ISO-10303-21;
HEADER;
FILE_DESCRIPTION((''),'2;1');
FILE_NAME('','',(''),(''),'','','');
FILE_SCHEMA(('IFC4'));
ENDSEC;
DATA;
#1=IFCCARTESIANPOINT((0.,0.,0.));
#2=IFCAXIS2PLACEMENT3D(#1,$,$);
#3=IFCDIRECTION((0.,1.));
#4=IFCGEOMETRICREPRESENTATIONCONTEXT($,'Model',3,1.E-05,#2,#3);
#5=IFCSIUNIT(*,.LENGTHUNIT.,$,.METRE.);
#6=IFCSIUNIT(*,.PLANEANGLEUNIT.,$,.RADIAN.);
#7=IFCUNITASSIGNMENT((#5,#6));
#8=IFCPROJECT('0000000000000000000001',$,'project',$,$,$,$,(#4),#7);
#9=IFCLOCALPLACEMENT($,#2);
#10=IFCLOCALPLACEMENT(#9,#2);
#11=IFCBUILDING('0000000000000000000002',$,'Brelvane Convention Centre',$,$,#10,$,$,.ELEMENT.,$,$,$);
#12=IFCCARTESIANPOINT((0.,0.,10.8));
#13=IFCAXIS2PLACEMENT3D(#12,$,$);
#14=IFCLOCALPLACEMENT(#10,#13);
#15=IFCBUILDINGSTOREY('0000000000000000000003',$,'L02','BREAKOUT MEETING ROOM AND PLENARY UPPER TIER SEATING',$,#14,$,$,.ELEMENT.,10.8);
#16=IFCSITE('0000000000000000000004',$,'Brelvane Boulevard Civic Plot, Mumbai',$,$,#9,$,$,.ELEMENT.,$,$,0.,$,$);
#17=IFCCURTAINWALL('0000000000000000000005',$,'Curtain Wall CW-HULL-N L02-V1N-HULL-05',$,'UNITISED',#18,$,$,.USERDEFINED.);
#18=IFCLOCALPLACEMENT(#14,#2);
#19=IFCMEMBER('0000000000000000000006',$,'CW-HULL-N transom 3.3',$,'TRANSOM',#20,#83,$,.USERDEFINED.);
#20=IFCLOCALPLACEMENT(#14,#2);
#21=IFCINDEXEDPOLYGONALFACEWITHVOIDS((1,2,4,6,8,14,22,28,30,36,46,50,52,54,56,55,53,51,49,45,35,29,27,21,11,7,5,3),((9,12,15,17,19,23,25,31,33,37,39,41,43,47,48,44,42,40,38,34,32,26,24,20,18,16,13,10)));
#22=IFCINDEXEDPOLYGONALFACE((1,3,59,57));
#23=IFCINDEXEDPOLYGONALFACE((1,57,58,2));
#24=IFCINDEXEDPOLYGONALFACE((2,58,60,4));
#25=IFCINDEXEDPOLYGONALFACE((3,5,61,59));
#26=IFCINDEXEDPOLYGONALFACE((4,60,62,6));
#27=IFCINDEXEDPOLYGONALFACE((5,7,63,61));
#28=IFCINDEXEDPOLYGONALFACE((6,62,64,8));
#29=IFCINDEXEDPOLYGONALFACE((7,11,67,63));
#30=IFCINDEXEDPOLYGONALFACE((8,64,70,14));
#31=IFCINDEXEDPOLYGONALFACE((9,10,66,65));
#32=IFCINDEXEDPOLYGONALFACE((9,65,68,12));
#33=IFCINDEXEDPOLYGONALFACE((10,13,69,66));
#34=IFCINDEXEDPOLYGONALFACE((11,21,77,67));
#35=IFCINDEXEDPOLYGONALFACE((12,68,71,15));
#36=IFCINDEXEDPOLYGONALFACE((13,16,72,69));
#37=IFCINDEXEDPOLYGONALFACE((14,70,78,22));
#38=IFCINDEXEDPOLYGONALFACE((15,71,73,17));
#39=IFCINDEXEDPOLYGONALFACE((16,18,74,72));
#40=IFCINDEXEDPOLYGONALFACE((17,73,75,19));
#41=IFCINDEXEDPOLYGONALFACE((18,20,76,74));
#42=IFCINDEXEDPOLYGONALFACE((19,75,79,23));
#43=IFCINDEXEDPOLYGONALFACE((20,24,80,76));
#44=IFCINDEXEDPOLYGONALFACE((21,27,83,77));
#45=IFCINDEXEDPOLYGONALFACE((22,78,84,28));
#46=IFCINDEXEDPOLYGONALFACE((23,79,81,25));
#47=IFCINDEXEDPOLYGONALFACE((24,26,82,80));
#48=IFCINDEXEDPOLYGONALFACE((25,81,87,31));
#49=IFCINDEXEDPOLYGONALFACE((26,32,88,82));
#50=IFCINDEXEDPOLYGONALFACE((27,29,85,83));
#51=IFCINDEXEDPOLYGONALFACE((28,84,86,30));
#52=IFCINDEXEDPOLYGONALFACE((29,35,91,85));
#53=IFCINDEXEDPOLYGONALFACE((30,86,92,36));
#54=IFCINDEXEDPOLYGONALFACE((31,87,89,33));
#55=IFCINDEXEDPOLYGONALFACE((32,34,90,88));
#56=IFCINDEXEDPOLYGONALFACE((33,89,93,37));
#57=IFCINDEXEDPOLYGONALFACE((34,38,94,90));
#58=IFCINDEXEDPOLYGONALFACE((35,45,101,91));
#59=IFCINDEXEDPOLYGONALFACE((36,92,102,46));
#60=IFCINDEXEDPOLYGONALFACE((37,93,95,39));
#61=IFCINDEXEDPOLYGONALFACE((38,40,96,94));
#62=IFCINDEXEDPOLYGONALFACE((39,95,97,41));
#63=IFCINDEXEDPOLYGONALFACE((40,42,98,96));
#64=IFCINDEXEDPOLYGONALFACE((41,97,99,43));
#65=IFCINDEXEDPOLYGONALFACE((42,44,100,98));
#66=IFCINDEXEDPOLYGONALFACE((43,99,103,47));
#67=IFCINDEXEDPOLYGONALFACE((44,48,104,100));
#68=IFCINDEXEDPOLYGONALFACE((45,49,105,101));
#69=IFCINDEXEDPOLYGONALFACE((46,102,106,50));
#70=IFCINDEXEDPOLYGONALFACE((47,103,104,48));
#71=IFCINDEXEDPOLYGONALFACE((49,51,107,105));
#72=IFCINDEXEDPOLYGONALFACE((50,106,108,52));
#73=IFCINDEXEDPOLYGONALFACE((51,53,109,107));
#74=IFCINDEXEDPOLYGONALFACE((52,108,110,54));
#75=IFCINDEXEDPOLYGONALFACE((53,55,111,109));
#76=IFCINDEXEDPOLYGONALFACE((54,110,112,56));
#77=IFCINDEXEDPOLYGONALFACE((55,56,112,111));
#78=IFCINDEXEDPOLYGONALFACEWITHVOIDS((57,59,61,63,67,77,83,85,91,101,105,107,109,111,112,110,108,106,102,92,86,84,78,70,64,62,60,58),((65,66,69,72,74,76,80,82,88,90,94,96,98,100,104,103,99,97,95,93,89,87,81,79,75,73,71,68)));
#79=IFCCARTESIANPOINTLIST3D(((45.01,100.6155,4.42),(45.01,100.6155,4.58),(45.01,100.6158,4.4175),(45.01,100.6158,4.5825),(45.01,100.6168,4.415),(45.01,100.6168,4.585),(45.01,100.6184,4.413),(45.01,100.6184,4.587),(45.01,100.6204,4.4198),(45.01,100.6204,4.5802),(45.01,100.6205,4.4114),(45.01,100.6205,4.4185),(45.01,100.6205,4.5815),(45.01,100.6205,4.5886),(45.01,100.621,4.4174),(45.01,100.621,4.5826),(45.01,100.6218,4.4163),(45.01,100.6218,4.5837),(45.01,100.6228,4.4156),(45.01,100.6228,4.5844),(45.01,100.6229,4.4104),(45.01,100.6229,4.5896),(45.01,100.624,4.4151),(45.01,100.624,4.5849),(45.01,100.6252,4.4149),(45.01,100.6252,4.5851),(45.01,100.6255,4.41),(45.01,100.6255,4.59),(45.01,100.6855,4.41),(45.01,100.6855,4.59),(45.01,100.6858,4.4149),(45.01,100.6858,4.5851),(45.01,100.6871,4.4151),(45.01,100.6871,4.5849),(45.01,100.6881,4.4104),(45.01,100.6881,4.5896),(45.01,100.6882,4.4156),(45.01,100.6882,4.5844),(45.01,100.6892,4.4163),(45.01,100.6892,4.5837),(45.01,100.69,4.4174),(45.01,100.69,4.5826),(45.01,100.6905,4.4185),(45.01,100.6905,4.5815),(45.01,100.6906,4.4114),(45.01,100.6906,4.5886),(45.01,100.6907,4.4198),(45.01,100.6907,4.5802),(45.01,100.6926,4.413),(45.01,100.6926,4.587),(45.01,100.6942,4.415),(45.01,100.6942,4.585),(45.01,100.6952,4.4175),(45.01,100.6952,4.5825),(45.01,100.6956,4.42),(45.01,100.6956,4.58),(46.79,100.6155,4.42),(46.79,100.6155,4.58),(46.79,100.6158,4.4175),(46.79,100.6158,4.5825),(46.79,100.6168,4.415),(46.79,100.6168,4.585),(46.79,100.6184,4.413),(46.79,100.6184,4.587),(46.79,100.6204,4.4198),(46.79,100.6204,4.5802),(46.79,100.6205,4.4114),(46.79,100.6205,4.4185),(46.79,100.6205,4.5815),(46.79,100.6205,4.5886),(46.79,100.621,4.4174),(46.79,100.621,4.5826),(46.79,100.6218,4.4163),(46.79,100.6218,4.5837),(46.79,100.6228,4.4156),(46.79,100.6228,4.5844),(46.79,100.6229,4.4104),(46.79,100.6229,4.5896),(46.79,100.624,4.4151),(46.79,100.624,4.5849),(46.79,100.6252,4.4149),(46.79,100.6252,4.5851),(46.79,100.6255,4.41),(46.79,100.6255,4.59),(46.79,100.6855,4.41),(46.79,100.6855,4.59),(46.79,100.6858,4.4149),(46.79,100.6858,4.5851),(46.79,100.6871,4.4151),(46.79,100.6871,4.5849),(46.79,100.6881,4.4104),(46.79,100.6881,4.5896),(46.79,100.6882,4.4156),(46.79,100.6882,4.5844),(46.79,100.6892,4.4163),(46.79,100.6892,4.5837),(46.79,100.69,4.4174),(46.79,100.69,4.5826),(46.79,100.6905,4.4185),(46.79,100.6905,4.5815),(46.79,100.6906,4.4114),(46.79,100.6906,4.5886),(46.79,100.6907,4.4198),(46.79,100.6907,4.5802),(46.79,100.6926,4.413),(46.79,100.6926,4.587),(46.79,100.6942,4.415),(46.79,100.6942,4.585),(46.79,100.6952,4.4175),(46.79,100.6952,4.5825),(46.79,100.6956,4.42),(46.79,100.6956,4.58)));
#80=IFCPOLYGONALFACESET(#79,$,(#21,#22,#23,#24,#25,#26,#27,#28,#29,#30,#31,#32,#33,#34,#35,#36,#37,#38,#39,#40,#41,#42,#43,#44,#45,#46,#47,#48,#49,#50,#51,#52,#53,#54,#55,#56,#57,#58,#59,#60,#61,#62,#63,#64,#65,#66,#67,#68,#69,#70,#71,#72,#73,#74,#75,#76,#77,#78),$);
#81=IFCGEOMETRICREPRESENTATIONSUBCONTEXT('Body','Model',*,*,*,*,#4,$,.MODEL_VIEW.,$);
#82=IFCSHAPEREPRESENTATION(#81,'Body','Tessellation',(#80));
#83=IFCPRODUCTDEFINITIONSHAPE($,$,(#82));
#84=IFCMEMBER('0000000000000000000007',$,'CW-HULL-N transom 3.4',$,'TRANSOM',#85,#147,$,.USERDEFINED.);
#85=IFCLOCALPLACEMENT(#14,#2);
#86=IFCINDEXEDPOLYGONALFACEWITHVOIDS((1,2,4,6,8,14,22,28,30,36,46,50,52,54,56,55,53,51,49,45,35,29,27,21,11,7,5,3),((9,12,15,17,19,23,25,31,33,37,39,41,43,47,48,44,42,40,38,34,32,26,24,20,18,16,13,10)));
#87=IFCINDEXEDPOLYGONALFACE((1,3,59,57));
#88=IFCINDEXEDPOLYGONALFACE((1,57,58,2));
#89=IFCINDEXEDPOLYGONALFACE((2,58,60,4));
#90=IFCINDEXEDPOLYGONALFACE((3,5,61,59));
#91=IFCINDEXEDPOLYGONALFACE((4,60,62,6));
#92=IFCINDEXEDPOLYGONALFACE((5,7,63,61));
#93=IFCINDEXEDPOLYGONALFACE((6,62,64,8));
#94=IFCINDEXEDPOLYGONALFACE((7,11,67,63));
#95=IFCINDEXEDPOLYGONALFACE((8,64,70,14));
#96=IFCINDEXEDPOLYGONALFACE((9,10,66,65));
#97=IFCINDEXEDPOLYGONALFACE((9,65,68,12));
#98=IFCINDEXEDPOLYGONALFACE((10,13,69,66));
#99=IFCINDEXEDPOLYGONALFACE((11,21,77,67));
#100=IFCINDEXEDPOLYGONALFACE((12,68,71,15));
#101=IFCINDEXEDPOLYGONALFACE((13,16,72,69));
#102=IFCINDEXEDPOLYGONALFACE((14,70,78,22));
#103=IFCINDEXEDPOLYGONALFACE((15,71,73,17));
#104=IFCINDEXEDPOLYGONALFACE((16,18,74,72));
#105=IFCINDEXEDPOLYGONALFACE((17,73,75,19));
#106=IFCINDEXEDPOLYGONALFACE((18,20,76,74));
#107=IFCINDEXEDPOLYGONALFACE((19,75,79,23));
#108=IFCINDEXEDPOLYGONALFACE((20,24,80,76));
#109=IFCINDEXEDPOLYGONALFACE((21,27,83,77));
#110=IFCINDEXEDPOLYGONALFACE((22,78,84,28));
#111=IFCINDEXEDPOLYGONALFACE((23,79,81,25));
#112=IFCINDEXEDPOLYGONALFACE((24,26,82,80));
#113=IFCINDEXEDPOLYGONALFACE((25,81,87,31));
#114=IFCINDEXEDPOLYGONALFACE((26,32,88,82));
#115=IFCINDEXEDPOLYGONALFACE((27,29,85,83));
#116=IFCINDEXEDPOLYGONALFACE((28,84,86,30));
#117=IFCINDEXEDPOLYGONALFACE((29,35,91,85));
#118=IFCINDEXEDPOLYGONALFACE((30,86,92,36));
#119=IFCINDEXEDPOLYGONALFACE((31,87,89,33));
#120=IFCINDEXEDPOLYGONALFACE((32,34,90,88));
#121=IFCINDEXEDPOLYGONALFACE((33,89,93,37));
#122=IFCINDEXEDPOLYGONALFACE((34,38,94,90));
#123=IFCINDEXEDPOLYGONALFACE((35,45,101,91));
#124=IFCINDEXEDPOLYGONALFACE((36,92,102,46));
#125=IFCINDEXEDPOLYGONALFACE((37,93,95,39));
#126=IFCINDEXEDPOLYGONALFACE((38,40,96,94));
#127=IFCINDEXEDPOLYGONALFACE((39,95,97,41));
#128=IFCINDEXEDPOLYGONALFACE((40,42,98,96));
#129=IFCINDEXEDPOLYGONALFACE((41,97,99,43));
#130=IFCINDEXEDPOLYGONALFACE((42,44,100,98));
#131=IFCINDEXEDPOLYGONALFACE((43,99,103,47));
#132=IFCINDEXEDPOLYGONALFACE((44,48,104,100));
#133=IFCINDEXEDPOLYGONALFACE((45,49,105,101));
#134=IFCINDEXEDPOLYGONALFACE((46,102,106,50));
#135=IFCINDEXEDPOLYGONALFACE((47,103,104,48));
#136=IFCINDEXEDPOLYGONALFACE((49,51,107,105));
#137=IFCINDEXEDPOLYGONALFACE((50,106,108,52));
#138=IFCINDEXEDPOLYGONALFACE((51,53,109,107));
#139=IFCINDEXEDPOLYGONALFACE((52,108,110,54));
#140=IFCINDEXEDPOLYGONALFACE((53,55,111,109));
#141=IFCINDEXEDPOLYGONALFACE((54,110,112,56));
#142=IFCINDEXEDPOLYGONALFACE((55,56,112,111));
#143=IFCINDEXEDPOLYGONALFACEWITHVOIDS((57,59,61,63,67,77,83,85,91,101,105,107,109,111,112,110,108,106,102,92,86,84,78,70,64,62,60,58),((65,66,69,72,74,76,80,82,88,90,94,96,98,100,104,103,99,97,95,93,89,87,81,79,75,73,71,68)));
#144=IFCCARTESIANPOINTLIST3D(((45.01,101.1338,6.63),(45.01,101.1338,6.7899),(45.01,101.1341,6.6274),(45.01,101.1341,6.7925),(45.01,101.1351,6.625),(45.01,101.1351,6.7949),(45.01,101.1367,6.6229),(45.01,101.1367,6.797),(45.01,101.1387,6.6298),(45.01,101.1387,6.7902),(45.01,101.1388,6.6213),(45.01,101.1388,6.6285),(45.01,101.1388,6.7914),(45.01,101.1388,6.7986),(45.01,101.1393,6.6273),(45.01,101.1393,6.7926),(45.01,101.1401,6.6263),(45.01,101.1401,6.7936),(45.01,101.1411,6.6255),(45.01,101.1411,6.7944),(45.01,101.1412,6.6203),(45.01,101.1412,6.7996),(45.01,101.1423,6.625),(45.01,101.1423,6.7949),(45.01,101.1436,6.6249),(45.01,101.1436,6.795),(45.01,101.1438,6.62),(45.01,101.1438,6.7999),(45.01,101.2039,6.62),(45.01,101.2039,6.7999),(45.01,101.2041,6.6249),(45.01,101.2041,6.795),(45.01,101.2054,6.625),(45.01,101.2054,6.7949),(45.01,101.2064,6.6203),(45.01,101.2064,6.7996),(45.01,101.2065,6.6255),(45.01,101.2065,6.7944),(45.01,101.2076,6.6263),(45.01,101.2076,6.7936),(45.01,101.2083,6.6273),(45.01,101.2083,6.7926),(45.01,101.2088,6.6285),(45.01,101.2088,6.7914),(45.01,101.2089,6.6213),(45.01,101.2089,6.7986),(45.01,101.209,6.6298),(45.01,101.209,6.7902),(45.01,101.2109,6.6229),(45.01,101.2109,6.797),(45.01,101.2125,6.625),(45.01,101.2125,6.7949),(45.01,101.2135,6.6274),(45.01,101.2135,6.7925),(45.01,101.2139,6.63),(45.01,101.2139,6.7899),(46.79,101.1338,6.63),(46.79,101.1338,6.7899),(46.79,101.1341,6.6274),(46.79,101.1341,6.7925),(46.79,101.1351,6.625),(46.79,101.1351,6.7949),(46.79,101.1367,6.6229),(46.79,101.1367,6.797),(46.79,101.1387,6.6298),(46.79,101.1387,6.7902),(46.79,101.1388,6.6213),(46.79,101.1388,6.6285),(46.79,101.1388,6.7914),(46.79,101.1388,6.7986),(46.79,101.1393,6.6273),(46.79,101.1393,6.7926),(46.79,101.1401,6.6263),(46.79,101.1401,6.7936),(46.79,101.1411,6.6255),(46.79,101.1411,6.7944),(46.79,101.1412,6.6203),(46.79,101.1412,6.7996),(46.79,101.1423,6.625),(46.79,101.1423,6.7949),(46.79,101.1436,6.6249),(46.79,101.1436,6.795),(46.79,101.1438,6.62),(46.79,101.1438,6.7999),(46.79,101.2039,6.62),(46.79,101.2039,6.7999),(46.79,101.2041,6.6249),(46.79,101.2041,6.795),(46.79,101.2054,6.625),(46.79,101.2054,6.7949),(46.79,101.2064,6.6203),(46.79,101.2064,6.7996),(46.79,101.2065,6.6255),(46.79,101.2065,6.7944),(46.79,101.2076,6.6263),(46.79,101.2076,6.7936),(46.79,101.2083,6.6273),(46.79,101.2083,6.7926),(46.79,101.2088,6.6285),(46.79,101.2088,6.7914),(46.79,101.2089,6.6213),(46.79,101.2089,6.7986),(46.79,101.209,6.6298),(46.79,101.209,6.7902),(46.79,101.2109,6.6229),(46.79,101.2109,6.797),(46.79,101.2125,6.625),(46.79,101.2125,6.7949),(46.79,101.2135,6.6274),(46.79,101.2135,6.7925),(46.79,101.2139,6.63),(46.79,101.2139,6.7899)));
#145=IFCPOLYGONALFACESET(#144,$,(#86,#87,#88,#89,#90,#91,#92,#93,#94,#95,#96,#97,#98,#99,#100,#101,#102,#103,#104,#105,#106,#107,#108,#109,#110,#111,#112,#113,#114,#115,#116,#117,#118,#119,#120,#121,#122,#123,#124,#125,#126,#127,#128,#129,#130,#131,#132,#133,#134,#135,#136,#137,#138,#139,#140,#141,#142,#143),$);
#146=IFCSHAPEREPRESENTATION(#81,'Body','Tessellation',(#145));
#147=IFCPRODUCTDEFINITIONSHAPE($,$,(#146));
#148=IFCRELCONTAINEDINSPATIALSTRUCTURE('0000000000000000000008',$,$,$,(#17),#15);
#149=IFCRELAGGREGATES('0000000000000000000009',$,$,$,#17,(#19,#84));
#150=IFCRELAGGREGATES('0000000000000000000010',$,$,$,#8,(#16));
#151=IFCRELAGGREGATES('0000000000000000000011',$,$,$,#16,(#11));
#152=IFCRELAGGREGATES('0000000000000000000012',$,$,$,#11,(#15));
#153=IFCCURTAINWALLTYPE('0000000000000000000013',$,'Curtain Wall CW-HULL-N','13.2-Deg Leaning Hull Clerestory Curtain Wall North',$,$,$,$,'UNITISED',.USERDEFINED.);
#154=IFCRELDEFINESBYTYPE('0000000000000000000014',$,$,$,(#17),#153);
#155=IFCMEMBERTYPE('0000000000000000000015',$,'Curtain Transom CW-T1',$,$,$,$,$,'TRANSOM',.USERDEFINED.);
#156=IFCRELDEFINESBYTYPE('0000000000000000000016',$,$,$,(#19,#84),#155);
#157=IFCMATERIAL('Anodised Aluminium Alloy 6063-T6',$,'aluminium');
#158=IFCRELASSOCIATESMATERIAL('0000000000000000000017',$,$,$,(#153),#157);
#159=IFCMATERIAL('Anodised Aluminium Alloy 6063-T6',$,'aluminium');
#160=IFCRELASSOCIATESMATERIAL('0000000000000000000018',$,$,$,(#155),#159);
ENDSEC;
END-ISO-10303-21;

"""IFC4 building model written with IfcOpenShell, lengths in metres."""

from ifc_helpers import new_model, si_unit, direction, frame, origin, origin_2d, place, context, subcontext, project, spatial, hollow_rectangle, extrude, material, material_profile, profile_set, type_object, element, aggregate, save


model = new_model("IFC4")

# Units and contexts
model_context = context("Model", 3, precision=1e-05, world=origin(), true_north=direction((0.0, 1.0)))
body_context = subcontext(model_context, "Body", "Model", "MODEL_VIEW")
ifc_project = project(units=[si_unit("LENGTHUNIT", "METRE"), si_unit("PLANEANGLEUNIT", "RADIAN")], contexts=[model_context])

# Site, building, storey
site_placement = place(None, origin())
site = spatial("IfcSite", under=ifc_project, at=site_placement, Name="Brelvane Boulevard Civic Plot, Mumbai", CompositionType="ELEMENT", RefElevation=0.0)
building_placement = place(site_placement, origin())
building = spatial("IfcBuilding", under=site, at=building_placement, Name="Brelvane Convention Centre", CompositionType="ELEMENT")
storey_placement = place(building_placement, frame((0.0, 0.0, 10.8)))
storey = spatial("IfcBuildingStorey", under=building, at=storey_placement, Name="L02", Description="BREAKOUT MEETING ROOM AND PLENARY UPPER TIER SEATING", CompositionType="ELEMENT", Elevation=10.8)

# Curtain wall, members
ifc_material_1 = material(Name="Anodised Aluminium Alloy 6063-T6", Category="aluminium")
curtain_wall_type = type_object("IfcCurtainWallType", Name="Curtain Wall CW-HULL-N", Description="13.2-Deg Leaning Hull Clerestory Curtain Wall North", ElementType="UNITISED", PredefinedType="USERDEFINED", material=ifc_material_1)
curtain_wall_placement = place(storey_placement, origin())
curtain_wall = element("IfcCurtainWall", 1, at=curtain_wall_placement, inside=storey, type_object=curtain_wall_type, Name="Curtain Wall CW-HULL-N L02-V1N-HULL-05", ObjectType="UNITISED", PredefinedType="USERDEFINED")
ifc_material_2 = material(Name="Anodised Aluminium Alloy 6063-T6", Category="aluminium")
ifc_material_profile_1 = material_profile(ifc_material_2, hollow_rectangle(XDim=0.0801, YDim=0.1799, WallThickness=0.0049, InnerFilletRadius=0.0049, OuterFilletRadius=0.01, at=origin_2d()), Name="ALU-T 180x80x5.0")
ifc_profile_set_1 = profile_set([ifc_material_profile_1], Name="Anodised Aluminium Alloy 6063-T6")
member_type_1 = type_object("IfcMemberType", Name="Curtain Transom CW-T1", ElementType="TRANSOM", PredefinedType="USERDEFINED", material=ifc_profile_set_1)
member_1_placement = place(storey_placement, frame((45.01, 100.6555, 4.5), z_axis=(1.0, 0.0, 0.0), x_axis=(0.0, 1.0, 0.0)))
member_1 = element("IfcMember", 2, at=member_1_placement, type_object=member_type_1, Name="CW-HULL-N transom 3.3", ObjectType="TRANSOM", PredefinedType="USERDEFINED", context=body_context, shape_type="SweptSolid", body=[
    extrude(hollow_rectangle(XDim=0.0801, YDim=0.1799, WallThickness=0.0049, InnerFilletRadius=0.0049, OuterFilletRadius=0.01, at=origin_2d()), origin(), (0.0, 0.0, 1.0), 1.78),
])
member_2_placement = place(storey_placement, frame((45.01, 101.1738, 6.71), z_axis=(1.0, 0.0, 0.0), x_axis=(0.0, 1.0, 0.0)))
member_2 = element("IfcMember", 3, at=member_2_placement, type_object=member_type_1, Name="CW-HULL-N transom 3.4", ObjectType="TRANSOM", PredefinedType="USERDEFINED", context=body_context, shape_type="SweptSolid", body=[
    extrude(hollow_rectangle(XDim=0.0801, YDim=0.1799, WallThickness=0.0049, InnerFilletRadius=0.0049, OuterFilletRadius=0.01, at=origin_2d()), origin(), (0.0, 0.0, 1.0), 1.78),
])

aggregate(curtain_wall, [member_1, member_2])

save(model, "model.ifc")
